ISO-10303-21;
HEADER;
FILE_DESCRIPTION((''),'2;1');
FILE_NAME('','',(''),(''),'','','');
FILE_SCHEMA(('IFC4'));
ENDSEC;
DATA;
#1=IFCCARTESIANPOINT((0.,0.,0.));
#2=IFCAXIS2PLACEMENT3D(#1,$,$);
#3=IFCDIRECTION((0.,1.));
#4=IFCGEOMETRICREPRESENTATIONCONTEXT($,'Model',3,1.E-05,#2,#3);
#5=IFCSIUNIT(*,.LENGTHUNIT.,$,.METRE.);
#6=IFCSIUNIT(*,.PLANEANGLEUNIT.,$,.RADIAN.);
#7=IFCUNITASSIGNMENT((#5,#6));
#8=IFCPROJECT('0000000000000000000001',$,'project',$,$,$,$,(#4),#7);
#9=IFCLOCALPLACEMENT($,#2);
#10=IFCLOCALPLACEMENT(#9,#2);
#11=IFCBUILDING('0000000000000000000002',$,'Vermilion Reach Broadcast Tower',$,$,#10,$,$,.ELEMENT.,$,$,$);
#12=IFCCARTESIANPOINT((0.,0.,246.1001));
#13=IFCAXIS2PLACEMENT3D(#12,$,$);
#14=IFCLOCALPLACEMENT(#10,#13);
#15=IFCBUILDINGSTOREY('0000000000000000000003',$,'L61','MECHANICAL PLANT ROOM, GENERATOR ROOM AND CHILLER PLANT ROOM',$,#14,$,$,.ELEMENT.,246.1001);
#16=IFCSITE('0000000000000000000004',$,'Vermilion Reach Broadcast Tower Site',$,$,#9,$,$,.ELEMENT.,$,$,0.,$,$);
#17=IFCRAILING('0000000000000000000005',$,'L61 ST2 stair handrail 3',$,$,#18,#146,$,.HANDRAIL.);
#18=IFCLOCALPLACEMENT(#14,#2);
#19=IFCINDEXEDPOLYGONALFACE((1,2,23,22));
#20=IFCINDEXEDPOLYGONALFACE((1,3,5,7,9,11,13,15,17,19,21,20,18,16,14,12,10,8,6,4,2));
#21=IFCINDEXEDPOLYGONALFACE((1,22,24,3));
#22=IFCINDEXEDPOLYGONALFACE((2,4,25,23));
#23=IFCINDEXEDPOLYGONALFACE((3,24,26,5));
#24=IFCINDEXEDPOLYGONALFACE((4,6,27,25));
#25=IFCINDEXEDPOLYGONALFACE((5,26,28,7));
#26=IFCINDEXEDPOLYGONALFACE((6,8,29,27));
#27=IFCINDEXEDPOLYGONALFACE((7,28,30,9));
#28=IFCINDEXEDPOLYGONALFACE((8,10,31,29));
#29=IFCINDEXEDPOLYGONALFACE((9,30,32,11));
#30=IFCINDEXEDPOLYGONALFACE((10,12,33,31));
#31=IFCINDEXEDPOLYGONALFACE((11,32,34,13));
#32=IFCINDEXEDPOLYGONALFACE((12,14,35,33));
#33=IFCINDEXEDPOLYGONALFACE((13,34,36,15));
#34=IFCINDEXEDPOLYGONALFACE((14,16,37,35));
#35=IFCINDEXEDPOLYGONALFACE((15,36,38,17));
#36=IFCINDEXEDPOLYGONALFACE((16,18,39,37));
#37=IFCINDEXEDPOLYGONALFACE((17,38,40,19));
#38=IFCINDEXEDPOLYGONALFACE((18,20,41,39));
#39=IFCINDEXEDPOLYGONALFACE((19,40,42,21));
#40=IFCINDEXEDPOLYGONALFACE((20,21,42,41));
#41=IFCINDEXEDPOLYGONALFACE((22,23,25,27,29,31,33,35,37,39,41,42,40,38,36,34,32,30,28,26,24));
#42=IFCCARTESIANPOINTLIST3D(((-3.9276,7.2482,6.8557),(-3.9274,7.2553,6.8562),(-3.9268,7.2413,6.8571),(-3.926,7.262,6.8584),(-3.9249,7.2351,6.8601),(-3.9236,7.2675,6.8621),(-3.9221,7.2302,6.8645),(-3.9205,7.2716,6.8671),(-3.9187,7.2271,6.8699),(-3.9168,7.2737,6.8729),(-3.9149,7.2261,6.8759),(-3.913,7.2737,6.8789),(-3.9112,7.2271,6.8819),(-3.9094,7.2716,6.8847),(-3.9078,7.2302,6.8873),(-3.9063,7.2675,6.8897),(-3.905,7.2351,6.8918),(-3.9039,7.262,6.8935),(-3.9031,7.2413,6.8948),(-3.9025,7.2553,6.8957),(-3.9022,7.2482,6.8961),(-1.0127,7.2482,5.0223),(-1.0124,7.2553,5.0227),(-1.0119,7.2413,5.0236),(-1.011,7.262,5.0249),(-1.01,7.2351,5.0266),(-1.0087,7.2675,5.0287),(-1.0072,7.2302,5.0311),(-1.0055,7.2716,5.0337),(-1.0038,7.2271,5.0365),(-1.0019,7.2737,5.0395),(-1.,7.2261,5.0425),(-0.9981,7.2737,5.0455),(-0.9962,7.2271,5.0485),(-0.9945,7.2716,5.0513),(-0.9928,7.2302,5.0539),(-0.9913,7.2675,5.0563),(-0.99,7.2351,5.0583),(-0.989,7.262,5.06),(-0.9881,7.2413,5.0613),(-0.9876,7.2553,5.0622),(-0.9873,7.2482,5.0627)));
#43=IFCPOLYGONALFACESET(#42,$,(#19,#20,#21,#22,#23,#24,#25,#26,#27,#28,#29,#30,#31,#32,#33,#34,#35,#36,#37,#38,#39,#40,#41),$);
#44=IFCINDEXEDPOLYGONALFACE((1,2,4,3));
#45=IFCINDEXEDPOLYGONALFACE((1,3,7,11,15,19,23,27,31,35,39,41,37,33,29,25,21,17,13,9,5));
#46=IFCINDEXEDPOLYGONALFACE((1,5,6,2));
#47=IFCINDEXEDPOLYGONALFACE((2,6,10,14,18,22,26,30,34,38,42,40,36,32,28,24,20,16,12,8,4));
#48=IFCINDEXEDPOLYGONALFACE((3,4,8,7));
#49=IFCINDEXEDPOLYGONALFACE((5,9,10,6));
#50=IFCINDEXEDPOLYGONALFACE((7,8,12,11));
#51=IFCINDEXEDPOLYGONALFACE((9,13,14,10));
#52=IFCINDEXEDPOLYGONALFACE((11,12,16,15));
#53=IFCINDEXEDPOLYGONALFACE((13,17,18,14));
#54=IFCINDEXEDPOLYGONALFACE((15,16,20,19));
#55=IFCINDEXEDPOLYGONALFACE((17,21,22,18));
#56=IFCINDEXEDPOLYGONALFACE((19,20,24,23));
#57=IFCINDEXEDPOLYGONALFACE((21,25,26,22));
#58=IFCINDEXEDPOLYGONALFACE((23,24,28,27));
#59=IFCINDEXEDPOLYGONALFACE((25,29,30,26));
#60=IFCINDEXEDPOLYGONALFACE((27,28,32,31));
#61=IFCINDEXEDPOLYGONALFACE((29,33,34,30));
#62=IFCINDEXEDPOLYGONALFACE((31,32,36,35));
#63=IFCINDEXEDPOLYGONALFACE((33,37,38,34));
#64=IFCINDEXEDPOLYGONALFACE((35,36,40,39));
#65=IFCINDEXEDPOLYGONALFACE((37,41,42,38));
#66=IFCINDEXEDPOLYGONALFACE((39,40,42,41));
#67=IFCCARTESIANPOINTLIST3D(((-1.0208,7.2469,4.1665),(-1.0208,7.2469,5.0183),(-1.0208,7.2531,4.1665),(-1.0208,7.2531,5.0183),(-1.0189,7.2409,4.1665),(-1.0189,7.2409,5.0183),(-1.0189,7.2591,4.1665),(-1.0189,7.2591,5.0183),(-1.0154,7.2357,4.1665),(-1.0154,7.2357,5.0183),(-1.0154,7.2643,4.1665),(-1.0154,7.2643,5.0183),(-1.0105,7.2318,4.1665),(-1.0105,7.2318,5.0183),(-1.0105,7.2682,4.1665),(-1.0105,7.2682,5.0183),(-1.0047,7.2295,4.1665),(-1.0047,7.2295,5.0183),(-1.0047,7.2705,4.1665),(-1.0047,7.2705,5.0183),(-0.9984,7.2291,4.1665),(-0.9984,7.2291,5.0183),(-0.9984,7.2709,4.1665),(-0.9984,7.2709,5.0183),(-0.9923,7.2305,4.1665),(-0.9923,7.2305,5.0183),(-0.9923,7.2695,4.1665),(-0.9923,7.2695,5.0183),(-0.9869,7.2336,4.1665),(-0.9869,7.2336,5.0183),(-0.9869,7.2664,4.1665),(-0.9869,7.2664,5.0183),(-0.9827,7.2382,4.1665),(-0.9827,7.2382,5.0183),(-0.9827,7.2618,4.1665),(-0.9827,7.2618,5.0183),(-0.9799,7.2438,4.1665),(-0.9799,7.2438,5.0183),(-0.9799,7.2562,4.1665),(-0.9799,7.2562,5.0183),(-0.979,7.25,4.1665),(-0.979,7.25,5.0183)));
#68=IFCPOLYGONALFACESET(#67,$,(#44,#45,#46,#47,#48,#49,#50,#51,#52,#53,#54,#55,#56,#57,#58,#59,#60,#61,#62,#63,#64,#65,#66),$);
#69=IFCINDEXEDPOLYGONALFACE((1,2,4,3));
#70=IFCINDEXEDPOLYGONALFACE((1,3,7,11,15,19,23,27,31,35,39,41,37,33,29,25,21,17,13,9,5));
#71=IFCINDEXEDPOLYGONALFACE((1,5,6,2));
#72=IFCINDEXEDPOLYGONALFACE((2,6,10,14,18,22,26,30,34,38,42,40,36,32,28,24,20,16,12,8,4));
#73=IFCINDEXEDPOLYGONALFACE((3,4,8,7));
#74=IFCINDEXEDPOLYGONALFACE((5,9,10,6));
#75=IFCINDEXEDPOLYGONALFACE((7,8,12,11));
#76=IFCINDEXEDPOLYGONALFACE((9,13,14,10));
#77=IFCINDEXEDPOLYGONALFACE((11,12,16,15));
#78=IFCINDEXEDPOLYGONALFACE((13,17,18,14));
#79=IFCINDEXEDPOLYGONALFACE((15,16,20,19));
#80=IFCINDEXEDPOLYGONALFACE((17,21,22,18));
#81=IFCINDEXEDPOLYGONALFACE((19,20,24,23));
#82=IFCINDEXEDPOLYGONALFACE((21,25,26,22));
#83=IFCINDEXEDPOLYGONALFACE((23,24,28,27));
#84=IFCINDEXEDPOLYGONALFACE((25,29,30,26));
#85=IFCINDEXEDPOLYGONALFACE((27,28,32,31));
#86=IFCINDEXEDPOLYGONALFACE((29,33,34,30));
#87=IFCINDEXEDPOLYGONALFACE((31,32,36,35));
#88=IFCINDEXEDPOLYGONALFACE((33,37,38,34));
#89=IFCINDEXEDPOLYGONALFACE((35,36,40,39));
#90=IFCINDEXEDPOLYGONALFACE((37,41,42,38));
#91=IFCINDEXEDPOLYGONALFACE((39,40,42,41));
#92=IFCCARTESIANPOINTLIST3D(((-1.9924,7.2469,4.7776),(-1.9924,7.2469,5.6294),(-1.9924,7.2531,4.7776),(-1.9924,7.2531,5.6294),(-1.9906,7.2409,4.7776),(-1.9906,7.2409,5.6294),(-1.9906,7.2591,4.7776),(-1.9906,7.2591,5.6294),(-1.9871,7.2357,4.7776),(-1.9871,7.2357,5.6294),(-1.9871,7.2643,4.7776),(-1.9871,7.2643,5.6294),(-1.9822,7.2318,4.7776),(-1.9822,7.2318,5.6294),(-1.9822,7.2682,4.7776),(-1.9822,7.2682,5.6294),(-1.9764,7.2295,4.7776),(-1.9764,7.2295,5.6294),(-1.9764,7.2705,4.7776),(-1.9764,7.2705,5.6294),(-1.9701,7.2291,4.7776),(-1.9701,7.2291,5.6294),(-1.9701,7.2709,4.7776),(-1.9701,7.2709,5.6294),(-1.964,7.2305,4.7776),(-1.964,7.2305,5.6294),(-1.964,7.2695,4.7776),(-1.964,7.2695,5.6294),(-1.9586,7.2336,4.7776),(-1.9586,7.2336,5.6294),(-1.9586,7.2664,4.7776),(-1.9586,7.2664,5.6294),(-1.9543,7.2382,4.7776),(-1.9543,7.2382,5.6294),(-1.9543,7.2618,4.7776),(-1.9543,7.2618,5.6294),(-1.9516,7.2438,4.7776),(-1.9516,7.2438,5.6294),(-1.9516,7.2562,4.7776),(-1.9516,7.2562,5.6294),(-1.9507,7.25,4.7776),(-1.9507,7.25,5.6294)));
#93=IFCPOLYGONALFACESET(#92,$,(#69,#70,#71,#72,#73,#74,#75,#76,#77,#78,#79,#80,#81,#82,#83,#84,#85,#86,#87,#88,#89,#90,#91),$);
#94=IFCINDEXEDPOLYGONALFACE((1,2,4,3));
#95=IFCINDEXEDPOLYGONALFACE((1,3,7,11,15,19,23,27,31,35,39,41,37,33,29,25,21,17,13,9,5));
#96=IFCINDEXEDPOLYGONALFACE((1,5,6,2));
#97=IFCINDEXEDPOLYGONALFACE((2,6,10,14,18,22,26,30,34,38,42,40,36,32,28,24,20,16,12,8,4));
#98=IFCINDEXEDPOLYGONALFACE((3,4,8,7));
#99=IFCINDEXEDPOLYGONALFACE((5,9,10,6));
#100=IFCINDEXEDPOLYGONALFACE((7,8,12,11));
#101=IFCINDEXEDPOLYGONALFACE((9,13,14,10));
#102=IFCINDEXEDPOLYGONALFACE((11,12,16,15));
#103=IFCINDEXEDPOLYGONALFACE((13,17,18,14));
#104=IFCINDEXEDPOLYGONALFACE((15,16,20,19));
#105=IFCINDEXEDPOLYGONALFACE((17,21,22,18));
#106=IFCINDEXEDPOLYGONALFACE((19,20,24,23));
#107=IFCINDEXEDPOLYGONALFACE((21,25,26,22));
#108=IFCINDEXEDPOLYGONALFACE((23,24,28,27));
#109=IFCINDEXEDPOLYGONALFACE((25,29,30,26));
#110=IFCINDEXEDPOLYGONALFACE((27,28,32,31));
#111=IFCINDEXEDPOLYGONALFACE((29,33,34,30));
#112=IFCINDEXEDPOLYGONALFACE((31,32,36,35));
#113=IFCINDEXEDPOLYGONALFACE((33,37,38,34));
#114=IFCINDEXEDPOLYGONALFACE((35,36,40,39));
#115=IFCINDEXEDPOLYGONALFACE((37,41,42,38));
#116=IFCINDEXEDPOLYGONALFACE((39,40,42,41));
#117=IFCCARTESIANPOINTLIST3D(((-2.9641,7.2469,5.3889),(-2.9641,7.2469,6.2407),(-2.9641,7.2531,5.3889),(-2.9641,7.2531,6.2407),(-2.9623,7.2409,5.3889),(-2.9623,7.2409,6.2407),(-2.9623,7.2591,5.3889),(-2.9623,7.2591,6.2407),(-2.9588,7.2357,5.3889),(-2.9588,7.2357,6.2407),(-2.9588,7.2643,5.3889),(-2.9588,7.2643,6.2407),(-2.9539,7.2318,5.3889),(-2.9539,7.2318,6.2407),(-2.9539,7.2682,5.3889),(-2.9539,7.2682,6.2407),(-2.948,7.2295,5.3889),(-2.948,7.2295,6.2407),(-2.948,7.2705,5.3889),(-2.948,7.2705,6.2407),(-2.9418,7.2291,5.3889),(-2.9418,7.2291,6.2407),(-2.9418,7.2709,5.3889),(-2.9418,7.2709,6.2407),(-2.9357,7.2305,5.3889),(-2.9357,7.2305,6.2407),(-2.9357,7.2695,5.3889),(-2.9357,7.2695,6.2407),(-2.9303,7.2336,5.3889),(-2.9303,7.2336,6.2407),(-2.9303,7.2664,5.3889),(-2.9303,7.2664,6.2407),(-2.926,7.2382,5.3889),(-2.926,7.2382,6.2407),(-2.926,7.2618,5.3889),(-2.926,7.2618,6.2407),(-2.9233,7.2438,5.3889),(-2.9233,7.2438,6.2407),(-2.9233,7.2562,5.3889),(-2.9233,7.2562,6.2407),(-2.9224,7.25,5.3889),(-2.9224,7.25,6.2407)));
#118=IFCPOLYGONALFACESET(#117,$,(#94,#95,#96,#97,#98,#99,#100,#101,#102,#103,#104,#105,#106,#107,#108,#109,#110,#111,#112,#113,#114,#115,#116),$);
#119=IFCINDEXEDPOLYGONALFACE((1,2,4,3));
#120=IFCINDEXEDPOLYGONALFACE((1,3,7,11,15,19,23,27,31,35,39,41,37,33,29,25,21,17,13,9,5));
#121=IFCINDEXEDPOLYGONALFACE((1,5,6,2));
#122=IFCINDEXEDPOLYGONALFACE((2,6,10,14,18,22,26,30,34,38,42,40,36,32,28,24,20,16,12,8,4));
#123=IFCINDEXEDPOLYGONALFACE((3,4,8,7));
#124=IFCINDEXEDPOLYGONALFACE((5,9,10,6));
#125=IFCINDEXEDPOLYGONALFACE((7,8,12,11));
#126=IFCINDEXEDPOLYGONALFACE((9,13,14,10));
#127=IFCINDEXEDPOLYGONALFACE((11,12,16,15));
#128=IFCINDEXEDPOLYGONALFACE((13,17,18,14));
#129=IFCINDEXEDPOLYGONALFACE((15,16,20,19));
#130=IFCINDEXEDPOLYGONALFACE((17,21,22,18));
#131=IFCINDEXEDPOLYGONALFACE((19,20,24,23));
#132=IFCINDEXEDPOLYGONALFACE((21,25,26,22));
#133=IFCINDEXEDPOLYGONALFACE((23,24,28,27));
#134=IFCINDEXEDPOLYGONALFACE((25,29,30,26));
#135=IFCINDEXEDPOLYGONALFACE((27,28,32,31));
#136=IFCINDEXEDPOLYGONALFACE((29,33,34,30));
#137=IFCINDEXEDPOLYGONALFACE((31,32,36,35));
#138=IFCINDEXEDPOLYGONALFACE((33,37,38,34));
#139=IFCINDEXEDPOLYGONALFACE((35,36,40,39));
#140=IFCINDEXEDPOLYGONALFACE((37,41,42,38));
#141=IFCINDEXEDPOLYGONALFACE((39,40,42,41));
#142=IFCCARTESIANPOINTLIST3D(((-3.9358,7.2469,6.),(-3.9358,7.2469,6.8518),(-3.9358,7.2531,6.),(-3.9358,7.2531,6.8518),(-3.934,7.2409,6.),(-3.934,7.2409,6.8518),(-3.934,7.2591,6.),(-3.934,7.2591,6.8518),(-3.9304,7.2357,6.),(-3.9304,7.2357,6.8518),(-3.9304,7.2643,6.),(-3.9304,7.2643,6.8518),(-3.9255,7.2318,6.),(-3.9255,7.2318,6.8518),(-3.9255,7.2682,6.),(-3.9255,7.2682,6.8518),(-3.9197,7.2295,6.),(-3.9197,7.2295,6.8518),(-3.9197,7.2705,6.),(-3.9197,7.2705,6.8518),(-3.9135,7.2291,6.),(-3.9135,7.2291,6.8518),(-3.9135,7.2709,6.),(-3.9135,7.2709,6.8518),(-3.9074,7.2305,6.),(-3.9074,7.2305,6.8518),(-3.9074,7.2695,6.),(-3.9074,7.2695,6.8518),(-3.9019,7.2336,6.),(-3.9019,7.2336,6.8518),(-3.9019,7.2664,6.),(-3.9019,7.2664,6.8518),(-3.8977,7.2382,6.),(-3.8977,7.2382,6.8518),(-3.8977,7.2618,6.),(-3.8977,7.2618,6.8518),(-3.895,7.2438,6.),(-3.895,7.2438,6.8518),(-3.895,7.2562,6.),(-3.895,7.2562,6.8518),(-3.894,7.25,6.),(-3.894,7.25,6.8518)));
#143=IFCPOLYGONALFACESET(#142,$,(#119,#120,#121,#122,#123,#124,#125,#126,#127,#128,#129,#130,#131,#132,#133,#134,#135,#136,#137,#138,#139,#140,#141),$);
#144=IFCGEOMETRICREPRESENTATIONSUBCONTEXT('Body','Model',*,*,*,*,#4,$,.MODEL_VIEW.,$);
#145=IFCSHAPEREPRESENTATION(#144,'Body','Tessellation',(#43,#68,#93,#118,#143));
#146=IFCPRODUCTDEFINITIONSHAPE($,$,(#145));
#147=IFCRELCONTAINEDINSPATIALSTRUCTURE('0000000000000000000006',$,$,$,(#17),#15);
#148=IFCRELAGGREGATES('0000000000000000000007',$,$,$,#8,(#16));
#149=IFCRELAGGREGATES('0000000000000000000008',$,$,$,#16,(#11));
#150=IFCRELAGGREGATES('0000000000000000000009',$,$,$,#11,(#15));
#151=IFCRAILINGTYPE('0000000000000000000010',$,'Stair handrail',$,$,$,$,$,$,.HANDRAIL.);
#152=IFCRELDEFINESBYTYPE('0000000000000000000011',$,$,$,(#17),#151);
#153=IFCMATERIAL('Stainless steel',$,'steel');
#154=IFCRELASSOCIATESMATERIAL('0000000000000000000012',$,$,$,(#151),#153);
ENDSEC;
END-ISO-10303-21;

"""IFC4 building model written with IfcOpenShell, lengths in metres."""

from ifc_helpers import new_model, si_unit, direction, frame, origin, origin_2d, place, context, subcontext, project, spatial, circle, extrude, material, type_object, element, save


model = new_model("IFC4")

# Units and contexts
model_context = context("Model", 3, precision=1e-05, world=origin(), true_north=direction((0.0, 1.0)))
body_context = subcontext(model_context, "Body", "Model", "MODEL_VIEW")
ifc_project = project(units=[si_unit("LENGTHUNIT", "METRE"), si_unit("PLANEANGLEUNIT", "RADIAN")], contexts=[model_context])

# Site, building, storey
site_placement = place(None, origin())
site = spatial("IfcSite", under=ifc_project, at=site_placement, Name="Vermilion Reach Broadcast Tower Site", CompositionType="ELEMENT", RefElevation=0.0)
building_placement = place(site_placement, origin())
building = spatial("IfcBuilding", under=site, at=building_placement, Name="Vermilion Reach Broadcast Tower", CompositionType="ELEMENT")
storey_placement = place(building_placement, frame((0.0, 0.0, 246.1001)))
storey = spatial("IfcBuildingStorey", under=building, at=storey_placement, Name="L61", Description="MECHANICAL PLANT ROOM, GENERATOR ROOM AND CHILLER PLANT ROOM", CompositionType="ELEMENT", Elevation=246.1001)

# Railing
ifc_material_1 = material(Name="Stainless steel", Category="steel")
railing_type_1 = type_object("IfcRailingType", Name="Stair handrail", PredefinedType="HANDRAIL", material=ifc_material_1)
railing_1_placement = place(storey_placement, frame((-1.0, 7.25, 4.1665)))
element("IfcRailing", 1, at=railing_1_placement, inside=storey, type_object=railing_type_1, Name="L61 ST2 stair handrail 3", PredefinedType="HANDRAIL", context=body_context, shape_type="SweptSolid", body=[
    extrude(circle(Radius=0.0239, at=origin_2d()), frame((0.0, 0.0, 0.876), z_axis=(-0.846481, 0.0, 0.532418), x_axis=(0.0, -1.0, 0.0)), (0.0, 0.0, 1.0), 3.4436),
    extrude(circle(Radius=0.021, at=origin_2d()), origin(), (0.0, 0.0, 1.0), 0.8518),
    extrude(circle(Radius=0.021, at=origin_2d()), frame((-0.9717, 0.0, 0.6111)), (0.0, 0.0, 1.0), 0.8518),
    extrude(circle(Radius=0.021, at=origin_2d()), frame((-1.9434, 0.0, 1.2224)), (0.0, 0.0, 1.0), 0.8518),
    extrude(circle(Radius=0.021, at=origin_2d()), frame((-2.915, 0.0, 1.8335)), (0.0, 0.0, 1.0), 0.8518),
])

save(model, "model.ifc")
